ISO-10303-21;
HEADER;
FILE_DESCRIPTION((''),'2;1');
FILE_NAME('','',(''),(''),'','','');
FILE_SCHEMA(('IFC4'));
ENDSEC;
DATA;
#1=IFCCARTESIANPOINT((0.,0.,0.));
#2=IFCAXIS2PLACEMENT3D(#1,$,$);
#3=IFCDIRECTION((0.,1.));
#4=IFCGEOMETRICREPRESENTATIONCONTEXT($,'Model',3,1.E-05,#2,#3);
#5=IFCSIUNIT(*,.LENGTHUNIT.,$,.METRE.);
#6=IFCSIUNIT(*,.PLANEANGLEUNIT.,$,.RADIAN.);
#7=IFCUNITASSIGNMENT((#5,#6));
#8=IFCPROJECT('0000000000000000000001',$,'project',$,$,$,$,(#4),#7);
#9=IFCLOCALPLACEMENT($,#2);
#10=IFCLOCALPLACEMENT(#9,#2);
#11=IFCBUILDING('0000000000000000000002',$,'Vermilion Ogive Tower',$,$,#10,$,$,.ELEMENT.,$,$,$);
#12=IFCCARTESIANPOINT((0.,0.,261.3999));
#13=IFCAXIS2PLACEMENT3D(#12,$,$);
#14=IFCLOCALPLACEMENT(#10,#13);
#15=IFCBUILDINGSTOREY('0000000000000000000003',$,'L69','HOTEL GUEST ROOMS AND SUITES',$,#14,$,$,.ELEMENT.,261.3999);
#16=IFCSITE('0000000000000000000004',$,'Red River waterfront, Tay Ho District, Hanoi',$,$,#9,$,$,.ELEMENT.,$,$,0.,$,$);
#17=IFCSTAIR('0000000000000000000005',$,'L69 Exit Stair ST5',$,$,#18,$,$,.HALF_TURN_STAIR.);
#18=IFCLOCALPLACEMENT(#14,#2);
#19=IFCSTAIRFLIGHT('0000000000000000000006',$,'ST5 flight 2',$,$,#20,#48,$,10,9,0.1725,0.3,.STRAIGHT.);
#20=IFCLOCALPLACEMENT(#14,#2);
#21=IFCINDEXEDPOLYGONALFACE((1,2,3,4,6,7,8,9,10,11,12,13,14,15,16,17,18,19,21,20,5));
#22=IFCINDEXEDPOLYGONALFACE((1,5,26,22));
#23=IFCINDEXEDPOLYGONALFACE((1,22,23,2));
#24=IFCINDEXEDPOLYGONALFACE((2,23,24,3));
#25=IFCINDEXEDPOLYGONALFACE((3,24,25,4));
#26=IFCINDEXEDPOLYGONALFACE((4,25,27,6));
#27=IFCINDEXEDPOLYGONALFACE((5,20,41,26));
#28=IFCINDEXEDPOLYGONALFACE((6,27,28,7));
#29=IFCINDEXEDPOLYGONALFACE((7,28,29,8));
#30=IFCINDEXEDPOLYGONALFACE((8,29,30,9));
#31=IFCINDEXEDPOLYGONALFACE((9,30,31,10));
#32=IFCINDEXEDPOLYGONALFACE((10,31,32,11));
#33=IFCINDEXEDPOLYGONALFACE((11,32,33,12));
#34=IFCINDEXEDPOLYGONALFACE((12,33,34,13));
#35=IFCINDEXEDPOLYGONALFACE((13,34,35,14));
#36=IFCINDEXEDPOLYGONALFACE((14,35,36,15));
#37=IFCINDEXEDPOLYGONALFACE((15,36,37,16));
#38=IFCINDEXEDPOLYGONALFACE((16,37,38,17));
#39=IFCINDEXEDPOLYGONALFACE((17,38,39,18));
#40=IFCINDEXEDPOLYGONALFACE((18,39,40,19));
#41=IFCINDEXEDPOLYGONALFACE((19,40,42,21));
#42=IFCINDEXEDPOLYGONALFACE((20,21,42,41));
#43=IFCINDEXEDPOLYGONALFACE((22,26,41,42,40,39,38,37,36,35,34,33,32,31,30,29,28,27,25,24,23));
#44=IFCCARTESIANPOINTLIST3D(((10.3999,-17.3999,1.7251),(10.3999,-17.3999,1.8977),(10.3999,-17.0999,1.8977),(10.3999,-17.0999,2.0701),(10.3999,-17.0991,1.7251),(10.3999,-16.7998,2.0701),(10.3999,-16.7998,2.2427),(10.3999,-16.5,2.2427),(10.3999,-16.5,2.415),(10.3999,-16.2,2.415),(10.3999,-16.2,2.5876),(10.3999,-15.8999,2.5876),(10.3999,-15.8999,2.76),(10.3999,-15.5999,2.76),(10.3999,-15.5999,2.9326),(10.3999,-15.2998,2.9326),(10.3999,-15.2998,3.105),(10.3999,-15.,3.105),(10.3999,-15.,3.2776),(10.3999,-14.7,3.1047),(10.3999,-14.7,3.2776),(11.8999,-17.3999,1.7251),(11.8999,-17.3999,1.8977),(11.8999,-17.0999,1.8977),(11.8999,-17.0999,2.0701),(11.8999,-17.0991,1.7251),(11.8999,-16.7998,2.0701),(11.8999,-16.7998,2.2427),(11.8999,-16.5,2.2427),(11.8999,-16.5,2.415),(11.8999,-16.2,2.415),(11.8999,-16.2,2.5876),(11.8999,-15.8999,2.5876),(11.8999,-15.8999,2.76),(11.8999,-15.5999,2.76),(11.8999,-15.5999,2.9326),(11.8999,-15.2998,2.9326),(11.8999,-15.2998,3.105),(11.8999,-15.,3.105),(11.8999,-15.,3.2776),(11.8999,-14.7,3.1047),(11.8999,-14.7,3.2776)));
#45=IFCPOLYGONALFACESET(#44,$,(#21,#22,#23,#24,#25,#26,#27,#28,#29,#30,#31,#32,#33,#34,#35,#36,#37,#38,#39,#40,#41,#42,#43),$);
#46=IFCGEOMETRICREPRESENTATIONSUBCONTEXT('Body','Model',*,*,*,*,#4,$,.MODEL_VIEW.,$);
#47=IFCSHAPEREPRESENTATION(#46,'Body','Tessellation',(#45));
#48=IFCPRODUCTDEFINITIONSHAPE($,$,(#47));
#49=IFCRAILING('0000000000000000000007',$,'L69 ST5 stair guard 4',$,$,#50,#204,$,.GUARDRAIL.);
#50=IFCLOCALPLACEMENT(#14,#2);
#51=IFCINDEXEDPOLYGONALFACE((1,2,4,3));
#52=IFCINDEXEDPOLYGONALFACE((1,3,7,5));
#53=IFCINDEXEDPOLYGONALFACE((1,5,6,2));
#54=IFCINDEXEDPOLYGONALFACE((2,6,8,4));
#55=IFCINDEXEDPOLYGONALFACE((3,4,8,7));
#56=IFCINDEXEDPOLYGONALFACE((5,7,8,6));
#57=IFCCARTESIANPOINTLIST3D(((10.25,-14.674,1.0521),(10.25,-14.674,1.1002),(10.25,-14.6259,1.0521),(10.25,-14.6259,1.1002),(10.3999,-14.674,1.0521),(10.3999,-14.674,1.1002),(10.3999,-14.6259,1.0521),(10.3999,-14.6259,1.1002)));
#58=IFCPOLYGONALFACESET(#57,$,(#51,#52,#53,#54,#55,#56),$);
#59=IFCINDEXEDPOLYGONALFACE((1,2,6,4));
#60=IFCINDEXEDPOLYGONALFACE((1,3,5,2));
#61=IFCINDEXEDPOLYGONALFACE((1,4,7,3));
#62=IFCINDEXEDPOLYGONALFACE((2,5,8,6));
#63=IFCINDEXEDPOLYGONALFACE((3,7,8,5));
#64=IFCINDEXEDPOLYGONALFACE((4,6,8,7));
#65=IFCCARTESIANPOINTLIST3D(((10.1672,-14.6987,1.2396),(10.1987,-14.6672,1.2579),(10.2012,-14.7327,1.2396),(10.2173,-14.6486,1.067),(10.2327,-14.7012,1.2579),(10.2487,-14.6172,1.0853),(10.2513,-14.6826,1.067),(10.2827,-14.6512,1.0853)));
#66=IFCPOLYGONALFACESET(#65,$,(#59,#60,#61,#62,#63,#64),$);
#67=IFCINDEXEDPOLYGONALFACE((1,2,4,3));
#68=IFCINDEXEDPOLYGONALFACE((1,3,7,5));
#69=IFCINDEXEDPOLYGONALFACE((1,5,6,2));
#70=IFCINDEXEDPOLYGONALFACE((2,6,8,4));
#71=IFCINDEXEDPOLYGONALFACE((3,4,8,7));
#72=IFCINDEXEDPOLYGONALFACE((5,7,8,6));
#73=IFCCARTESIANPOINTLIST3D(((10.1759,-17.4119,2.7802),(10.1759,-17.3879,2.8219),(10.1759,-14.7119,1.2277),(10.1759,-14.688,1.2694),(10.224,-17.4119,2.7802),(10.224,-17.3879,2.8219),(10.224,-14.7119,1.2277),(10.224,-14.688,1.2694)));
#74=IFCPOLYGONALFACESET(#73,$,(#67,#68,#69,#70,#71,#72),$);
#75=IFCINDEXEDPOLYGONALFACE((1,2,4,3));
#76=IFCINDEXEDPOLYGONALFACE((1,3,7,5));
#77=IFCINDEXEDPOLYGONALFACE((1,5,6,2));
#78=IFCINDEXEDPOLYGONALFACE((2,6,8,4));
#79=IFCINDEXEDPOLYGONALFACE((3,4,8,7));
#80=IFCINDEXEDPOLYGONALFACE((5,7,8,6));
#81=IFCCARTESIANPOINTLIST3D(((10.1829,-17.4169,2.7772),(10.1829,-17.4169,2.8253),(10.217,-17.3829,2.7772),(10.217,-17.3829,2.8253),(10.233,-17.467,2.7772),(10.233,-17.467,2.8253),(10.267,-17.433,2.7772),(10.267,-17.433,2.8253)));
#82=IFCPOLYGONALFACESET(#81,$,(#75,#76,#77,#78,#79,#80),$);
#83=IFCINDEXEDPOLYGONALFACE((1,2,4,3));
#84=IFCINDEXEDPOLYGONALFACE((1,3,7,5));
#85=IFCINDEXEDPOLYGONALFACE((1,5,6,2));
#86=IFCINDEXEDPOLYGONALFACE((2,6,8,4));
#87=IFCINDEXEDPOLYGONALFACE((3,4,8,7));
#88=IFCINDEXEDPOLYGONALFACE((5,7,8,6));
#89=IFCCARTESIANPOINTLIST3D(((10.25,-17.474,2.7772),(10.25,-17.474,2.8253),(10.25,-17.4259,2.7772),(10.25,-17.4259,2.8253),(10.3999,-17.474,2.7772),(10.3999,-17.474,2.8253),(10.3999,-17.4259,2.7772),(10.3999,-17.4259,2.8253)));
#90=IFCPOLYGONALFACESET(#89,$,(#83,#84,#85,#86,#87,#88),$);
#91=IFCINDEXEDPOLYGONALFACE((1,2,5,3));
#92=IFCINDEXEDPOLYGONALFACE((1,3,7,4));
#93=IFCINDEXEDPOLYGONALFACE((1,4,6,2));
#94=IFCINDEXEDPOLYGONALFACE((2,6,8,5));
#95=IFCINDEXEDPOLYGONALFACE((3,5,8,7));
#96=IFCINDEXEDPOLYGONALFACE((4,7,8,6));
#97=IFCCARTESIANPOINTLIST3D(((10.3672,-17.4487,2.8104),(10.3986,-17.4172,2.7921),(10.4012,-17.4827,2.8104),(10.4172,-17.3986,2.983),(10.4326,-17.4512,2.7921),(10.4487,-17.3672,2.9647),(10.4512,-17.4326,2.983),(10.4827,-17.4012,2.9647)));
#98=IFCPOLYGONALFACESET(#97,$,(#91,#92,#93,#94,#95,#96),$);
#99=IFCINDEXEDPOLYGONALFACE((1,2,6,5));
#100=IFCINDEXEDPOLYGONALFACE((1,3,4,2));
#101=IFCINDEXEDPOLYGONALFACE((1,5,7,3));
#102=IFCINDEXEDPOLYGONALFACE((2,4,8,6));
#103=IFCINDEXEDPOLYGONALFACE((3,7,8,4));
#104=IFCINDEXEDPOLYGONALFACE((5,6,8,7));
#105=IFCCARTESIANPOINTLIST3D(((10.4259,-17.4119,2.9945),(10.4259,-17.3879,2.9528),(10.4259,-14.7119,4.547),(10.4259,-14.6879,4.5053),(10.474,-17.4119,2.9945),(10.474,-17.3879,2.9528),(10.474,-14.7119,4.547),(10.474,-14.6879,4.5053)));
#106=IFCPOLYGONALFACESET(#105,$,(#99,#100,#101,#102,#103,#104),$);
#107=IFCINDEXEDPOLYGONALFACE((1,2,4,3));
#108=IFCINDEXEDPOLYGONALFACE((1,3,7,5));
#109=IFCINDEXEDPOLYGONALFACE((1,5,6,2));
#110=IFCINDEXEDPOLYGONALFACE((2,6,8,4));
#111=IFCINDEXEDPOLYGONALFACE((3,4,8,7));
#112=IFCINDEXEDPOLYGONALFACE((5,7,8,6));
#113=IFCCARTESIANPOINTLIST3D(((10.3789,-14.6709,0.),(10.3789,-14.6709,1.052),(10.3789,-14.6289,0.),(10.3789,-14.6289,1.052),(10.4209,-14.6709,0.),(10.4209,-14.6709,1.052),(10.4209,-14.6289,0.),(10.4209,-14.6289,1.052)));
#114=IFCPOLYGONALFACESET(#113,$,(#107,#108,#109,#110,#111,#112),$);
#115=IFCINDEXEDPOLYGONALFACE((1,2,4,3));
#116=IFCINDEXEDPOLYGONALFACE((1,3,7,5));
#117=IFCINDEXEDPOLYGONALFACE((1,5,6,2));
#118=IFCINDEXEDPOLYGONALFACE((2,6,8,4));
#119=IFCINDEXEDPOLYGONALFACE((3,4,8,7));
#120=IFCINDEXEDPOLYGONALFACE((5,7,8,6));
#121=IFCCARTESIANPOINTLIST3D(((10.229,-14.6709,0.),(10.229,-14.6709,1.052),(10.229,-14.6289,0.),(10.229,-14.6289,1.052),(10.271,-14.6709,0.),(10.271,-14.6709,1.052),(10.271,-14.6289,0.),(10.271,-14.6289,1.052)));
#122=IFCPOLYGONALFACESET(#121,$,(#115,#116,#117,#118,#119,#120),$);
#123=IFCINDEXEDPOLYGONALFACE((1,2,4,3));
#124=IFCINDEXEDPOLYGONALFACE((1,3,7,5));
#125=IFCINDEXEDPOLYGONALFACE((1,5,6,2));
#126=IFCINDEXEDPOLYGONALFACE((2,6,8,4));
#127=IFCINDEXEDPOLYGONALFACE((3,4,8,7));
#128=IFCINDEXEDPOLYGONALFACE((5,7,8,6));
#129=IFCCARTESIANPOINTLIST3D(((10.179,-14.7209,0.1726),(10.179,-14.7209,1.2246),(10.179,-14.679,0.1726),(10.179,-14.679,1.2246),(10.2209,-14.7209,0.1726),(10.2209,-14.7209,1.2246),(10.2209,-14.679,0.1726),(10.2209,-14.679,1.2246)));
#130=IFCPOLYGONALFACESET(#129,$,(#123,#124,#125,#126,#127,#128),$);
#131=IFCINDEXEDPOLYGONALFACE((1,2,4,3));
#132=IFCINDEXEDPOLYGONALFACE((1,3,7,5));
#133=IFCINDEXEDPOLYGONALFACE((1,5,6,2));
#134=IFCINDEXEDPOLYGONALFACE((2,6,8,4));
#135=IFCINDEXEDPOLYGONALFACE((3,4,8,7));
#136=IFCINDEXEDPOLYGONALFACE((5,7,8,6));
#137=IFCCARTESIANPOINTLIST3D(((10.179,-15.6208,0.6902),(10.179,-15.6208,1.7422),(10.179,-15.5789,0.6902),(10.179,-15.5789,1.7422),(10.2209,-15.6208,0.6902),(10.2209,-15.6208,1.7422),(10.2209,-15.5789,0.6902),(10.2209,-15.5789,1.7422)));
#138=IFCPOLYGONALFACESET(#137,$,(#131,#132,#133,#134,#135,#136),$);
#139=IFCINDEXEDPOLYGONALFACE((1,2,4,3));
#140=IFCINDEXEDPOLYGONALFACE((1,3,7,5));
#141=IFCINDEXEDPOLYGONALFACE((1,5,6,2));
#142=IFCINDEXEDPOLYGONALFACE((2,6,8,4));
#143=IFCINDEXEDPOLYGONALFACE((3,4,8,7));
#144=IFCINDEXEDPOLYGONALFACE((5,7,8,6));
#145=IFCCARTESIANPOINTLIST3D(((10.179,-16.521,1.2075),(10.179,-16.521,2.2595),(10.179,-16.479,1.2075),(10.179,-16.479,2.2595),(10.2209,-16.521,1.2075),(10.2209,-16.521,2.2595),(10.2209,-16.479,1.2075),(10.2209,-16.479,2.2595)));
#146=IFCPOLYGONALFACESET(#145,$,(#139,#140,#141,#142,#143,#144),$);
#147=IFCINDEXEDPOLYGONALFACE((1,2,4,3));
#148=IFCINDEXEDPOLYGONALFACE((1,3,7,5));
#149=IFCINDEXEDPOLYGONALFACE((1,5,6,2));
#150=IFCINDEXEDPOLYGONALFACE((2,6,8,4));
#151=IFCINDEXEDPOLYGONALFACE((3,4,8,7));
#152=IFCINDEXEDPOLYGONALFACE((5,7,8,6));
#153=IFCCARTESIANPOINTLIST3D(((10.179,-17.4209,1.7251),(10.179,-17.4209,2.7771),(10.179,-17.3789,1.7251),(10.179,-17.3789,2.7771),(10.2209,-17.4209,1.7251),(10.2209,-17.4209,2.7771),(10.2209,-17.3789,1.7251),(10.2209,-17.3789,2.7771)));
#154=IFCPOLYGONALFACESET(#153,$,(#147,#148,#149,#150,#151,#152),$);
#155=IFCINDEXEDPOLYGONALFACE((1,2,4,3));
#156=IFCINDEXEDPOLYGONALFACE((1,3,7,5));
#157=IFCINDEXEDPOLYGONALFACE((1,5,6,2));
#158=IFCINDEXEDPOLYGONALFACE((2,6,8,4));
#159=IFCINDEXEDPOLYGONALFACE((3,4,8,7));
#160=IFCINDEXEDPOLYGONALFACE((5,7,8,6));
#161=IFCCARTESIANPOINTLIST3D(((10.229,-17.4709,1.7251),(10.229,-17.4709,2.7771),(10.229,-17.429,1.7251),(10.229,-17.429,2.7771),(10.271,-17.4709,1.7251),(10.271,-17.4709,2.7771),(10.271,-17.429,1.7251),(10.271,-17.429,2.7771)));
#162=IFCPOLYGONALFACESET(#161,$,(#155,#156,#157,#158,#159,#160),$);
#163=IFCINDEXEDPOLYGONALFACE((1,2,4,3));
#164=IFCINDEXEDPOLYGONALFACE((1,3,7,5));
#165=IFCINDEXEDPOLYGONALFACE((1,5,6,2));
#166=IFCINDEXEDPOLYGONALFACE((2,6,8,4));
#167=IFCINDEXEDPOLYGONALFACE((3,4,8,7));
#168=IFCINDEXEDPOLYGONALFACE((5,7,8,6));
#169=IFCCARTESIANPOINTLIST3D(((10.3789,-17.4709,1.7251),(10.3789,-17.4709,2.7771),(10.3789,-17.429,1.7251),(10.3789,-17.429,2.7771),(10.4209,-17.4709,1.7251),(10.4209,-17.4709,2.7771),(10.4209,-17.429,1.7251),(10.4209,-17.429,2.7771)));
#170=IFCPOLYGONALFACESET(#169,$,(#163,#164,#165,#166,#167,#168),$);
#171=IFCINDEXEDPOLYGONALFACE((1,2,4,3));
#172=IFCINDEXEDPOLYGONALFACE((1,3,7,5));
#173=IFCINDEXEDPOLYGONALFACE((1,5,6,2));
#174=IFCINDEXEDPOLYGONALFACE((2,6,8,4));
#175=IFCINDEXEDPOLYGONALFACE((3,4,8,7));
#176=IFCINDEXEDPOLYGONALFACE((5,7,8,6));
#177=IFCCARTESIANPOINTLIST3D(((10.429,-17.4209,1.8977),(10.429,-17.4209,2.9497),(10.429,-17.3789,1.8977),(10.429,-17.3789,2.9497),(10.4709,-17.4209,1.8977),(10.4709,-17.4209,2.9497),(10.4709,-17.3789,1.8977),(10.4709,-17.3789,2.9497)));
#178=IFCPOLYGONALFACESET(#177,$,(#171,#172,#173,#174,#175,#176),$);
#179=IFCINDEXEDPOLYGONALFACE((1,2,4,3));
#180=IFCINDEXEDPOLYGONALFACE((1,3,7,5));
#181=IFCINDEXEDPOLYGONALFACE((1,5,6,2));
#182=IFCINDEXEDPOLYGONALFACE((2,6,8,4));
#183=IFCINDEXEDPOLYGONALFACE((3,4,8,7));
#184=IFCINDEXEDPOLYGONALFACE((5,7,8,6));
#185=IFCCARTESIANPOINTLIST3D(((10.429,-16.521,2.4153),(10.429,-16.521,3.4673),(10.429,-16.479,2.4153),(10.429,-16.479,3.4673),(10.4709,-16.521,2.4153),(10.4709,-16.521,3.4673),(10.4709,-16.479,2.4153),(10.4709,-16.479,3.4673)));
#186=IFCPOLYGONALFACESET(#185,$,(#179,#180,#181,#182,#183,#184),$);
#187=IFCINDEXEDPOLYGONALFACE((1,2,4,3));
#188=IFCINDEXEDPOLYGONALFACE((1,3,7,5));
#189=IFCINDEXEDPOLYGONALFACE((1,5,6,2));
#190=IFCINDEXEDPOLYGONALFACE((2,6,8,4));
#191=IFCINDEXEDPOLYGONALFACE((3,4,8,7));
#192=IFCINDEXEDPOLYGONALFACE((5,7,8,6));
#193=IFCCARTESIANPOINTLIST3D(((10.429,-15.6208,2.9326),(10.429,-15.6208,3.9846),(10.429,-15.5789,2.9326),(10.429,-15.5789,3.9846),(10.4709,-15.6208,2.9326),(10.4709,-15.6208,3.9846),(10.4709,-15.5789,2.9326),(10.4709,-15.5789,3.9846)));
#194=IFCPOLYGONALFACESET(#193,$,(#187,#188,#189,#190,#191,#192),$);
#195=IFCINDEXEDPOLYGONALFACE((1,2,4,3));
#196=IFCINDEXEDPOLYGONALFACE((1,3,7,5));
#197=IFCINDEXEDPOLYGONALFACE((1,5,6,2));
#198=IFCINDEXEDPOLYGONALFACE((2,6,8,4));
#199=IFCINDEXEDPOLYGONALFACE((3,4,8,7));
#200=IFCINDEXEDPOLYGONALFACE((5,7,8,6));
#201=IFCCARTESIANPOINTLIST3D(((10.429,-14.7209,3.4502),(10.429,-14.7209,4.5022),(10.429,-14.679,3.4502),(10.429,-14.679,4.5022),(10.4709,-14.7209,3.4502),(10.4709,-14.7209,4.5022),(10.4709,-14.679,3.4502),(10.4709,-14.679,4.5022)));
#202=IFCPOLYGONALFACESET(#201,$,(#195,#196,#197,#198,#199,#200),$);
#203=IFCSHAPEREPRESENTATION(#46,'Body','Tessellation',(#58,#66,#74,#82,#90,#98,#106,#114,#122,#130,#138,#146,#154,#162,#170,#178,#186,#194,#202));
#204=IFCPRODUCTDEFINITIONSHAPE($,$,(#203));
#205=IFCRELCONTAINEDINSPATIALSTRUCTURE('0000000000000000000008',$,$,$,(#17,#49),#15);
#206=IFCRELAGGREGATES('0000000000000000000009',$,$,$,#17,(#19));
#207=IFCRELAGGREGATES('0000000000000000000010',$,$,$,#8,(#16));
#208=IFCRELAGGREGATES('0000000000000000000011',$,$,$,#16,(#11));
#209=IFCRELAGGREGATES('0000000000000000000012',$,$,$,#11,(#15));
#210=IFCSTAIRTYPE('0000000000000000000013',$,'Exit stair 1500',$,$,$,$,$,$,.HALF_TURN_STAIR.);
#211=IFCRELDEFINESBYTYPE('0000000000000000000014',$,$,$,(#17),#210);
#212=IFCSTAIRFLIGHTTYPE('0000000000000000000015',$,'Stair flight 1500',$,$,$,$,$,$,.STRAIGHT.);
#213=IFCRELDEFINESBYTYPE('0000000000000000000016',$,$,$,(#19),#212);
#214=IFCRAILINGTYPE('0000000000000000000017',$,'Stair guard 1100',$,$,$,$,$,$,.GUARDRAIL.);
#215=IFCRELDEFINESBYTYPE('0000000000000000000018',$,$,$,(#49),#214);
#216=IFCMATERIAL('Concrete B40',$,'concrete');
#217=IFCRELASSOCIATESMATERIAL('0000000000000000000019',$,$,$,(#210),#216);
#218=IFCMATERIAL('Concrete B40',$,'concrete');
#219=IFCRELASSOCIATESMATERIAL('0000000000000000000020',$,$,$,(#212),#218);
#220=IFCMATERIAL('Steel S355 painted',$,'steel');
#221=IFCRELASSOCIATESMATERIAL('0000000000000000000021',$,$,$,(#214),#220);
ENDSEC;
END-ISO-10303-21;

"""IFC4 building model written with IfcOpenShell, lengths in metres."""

from ifc_helpers import new_model, si_unit, direction, frame, origin, origin_2d, place, context, subcontext, project, spatial, polyline, rectangle, outline, extrude, material, type_object, element, aggregate, save


model = new_model("IFC4")

# Units and contexts
model_context = context("Model", 3, precision=1e-05, world=origin(), true_north=direction((0.0, 1.0)))
body_context = subcontext(model_context, "Body", "Model", "MODEL_VIEW")
ifc_project = project(units=[si_unit("LENGTHUNIT", "METRE"), si_unit("PLANEANGLEUNIT", "RADIAN")], contexts=[model_context])

# Site, building, storey
site_placement = place(None, origin())
site = spatial("IfcSite", under=ifc_project, at=site_placement, Name="Red River waterfront, Tay Ho District, Hanoi", CompositionType="ELEMENT", RefElevation=0.0)
building_placement = place(site_placement, origin())
building = spatial("IfcBuilding", under=site, at=building_placement, Name="Vermilion Ogive Tower", CompositionType="ELEMENT")
storey_placement = place(building_placement, frame((0.0, 0.0, 261.3999)))
storey = spatial("IfcBuildingStorey", under=building, at=storey_placement, Name="L69", Description="HOTEL GUEST ROOMS AND SUITES", CompositionType="ELEMENT", Elevation=261.3999)

# Stair, stair flight
ifc_material_1 = material(Name="Concrete B40", Category="concrete")
stair_type = type_object("IfcStairType", Name="Exit stair 1500", PredefinedType="HALF_TURN_STAIR", material=ifc_material_1)
stair_placement = place(storey_placement, origin())
stair = element("IfcStair", 1, at=stair_placement, inside=storey, type_object=stair_type, Name="L69 Exit Stair ST5", PredefinedType="HALF_TURN_STAIR")
ifc_material_2 = material(Name="Concrete B40", Category="concrete")
stair_flight_type = type_object("IfcStairFlightType", Name="Stair flight 1500", PredefinedType="STRAIGHT", material=ifc_material_2)
stair_flight_1_placement = place(storey_placement, frame((11.1499, -17.3999, 1.7251), z_axis=(0.0, 0.0, 1.0), x_axis=(0.0, 1.0, 0.0)))
stair_flight_1 = element("IfcStairFlight", 2, at=stair_flight_1_placement, type_object=stair_flight_type, Name="ST5 flight 2", NumberOfRisers=10, NumberOfTreads=9, PredefinedType="STRAIGHT", RiserHeight=0.1725, TreadLength=0.3, context=body_context, shape_type="SweptSolid", body=[
    extrude(outline(polyline([(0.0, 0.0), (0.0, 0.1726), (0.3, 0.1726), (0.3, 0.345), (0.6001, 0.345), (0.6001, 0.5176), (0.8999, 0.5176), (0.8999, 0.6899), (1.2, 0.6899), (1.2, 0.8625), (1.5, 0.8625), (1.5, 1.0349), (1.8, 1.0349), (1.8, 1.2075), (2.1001, 1.2075), (2.1001, 1.3799), (2.3999, 1.3799), (2.3999, 1.5525), (2.7, 1.5525), (2.7, 1.7251), (2.7, 1.3796), (0.3008, 0.0), (0.0, 0.0)])), frame((0.0, 0.75, 0.0), z_axis=(0.0, -1.0, 0.0), x_axis=(1.0, 0.0, 0.0)), (0.0, 0.0, 1.0), 1.5),
])
aggregate(stair, [stair_flight_1])

# Railing
ifc_material_3 = material(Name="Steel S355 painted", Category="steel")
railing_type_1 = type_object("IfcRailingType", Name="Stair guard 1100", PredefinedType="GUARDRAIL", material=ifc_material_3)
railing_1_placement = place(storey_placement, frame((10.3999, -14.6499, 0.0)))
element("IfcRailing", 3, at=railing_1_placement, inside=storey, type_object=railing_type_1, Name="L69 ST5 stair guard 4", PredefinedType="GUARDRAIL", context=body_context, shape_type="SweptSolid", body=[
    extrude(rectangle(XDim=0.0481, YDim=0.0481, at=origin_2d()), frame((0.0, 0.0, 1.0762), z_axis=(-1.0, 0.0, 0.0), x_axis=(0.0, -1.0, 0.0)), (0.0, 0.0, 1.0), 0.1499),
    extrude(rectangle(XDim=0.0481, YDim=0.0481, at=origin_2d()), frame((-0.1499, 0.0, 1.0762), z_axis=(-0.268278, -0.268278, 0.925232), x_axis=(0.707107, -0.707107, 0.0)), (0.0, 0.0, 1.0), 0.1865),
    extrude(rectangle(XDim=0.0481, YDim=0.0481, at=origin_2d()), frame((-0.2, -0.05, 1.2485), z_axis=(0.0, -0.866904, 0.498476), x_axis=(1.0, 0.0, 0.0)), (0.0, 0.0, 1.0), 3.1145),
    extrude(rectangle(XDim=0.0481, YDim=0.0481, at=origin_2d()), frame((-0.2, -2.75, 2.8013), z_axis=(0.707107, -0.707107, 0.0), x_axis=(0.707107, 0.707107, 0.0)), (0.0, 0.0, 1.0), 0.0708),
    extrude(rectangle(XDim=0.0481, YDim=0.0481, at=origin_2d()), frame((-0.1499, -2.8, 2.8013), z_axis=(1.0, 0.0, 0.0), x_axis=(0.0, 1.0, 0.0)), (0.0, 0.0, 1.0), 0.1499),
    extrude(rectangle(XDim=0.0481, YDim=0.0481, at=origin_2d()), frame((0.0, -2.8, 2.8013), z_axis=(0.268278, 0.268278, 0.925232), x_axis=(-0.707107, 0.707107, 0.0)), (0.0, 0.0, 1.0), 0.1865),
    extrude(rectangle(XDim=0.0481, YDim=0.0481, at=origin_2d()), frame((0.05, -2.75, 2.9736), z_axis=(0.0, 0.866904, 0.498476), x_axis=(-1.0, 0.0, 0.0)), (0.0, 0.0, 1.0), 3.1145),
    extrude(rectangle(XDim=0.042, YDim=0.042, at=origin_2d()), origin(), (0.0, 0.0, 1.0), 1.052),
    extrude(rectangle(XDim=0.042, YDim=0.042, at=origin_2d()), frame((-0.1499, 0.0, 0.0)), (0.0, 0.0, 1.0), 1.052),
    extrude(rectangle(XDim=0.042, YDim=0.042, at=origin_2d()), frame((-0.2, -0.05, 0.1726)), (0.0, 0.0, 1.0), 1.052),
    extrude(rectangle(XDim=0.042, YDim=0.042, at=origin_2d()), frame((-0.2, -0.95, 0.6902)), (0.0, 0.0, 1.0), 1.052),
    extrude(rectangle(XDim=0.042, YDim=0.042, at=origin_2d()), frame((-0.2, -1.8501, 1.2075)), (0.0, 0.0, 1.0), 1.052),
    extrude(rectangle(XDim=0.042, YDim=0.042, at=origin_2d()), frame((-0.2, -2.75, 1.7251)), (0.0, 0.0, 1.0), 1.052),
    extrude(rectangle(XDim=0.042, YDim=0.042, at=origin_2d()), frame((-0.1499, -2.8, 1.7251)), (0.0, 0.0, 1.0), 1.052),
    extrude(rectangle(XDim=0.042, YDim=0.042, at=origin_2d()), frame((0.0, -2.8, 1.7251)), (0.0, 0.0, 1.0), 1.052),
    extrude(rectangle(XDim=0.042, YDim=0.042, at=origin_2d()), frame((0.05, -2.75, 1.8977)), (0.0, 0.0, 1.0), 1.052),
    extrude(rectangle(XDim=0.042, YDim=0.042, at=origin_2d()), frame((0.05, -1.8501, 2.4153)), (0.0, 0.0, 1.0), 1.052),
    extrude(rectangle(XDim=0.042, YDim=0.042, at=origin_2d()), frame((0.05, -0.95, 2.9326)), (0.0, 0.0, 1.0), 1.052),
    extrude(rectangle(XDim=0.042, YDim=0.042, at=origin_2d()), frame((0.05, -0.05, 3.4502)), (0.0, 0.0, 1.0), 1.052),
])

save(model, "model.ifc")
